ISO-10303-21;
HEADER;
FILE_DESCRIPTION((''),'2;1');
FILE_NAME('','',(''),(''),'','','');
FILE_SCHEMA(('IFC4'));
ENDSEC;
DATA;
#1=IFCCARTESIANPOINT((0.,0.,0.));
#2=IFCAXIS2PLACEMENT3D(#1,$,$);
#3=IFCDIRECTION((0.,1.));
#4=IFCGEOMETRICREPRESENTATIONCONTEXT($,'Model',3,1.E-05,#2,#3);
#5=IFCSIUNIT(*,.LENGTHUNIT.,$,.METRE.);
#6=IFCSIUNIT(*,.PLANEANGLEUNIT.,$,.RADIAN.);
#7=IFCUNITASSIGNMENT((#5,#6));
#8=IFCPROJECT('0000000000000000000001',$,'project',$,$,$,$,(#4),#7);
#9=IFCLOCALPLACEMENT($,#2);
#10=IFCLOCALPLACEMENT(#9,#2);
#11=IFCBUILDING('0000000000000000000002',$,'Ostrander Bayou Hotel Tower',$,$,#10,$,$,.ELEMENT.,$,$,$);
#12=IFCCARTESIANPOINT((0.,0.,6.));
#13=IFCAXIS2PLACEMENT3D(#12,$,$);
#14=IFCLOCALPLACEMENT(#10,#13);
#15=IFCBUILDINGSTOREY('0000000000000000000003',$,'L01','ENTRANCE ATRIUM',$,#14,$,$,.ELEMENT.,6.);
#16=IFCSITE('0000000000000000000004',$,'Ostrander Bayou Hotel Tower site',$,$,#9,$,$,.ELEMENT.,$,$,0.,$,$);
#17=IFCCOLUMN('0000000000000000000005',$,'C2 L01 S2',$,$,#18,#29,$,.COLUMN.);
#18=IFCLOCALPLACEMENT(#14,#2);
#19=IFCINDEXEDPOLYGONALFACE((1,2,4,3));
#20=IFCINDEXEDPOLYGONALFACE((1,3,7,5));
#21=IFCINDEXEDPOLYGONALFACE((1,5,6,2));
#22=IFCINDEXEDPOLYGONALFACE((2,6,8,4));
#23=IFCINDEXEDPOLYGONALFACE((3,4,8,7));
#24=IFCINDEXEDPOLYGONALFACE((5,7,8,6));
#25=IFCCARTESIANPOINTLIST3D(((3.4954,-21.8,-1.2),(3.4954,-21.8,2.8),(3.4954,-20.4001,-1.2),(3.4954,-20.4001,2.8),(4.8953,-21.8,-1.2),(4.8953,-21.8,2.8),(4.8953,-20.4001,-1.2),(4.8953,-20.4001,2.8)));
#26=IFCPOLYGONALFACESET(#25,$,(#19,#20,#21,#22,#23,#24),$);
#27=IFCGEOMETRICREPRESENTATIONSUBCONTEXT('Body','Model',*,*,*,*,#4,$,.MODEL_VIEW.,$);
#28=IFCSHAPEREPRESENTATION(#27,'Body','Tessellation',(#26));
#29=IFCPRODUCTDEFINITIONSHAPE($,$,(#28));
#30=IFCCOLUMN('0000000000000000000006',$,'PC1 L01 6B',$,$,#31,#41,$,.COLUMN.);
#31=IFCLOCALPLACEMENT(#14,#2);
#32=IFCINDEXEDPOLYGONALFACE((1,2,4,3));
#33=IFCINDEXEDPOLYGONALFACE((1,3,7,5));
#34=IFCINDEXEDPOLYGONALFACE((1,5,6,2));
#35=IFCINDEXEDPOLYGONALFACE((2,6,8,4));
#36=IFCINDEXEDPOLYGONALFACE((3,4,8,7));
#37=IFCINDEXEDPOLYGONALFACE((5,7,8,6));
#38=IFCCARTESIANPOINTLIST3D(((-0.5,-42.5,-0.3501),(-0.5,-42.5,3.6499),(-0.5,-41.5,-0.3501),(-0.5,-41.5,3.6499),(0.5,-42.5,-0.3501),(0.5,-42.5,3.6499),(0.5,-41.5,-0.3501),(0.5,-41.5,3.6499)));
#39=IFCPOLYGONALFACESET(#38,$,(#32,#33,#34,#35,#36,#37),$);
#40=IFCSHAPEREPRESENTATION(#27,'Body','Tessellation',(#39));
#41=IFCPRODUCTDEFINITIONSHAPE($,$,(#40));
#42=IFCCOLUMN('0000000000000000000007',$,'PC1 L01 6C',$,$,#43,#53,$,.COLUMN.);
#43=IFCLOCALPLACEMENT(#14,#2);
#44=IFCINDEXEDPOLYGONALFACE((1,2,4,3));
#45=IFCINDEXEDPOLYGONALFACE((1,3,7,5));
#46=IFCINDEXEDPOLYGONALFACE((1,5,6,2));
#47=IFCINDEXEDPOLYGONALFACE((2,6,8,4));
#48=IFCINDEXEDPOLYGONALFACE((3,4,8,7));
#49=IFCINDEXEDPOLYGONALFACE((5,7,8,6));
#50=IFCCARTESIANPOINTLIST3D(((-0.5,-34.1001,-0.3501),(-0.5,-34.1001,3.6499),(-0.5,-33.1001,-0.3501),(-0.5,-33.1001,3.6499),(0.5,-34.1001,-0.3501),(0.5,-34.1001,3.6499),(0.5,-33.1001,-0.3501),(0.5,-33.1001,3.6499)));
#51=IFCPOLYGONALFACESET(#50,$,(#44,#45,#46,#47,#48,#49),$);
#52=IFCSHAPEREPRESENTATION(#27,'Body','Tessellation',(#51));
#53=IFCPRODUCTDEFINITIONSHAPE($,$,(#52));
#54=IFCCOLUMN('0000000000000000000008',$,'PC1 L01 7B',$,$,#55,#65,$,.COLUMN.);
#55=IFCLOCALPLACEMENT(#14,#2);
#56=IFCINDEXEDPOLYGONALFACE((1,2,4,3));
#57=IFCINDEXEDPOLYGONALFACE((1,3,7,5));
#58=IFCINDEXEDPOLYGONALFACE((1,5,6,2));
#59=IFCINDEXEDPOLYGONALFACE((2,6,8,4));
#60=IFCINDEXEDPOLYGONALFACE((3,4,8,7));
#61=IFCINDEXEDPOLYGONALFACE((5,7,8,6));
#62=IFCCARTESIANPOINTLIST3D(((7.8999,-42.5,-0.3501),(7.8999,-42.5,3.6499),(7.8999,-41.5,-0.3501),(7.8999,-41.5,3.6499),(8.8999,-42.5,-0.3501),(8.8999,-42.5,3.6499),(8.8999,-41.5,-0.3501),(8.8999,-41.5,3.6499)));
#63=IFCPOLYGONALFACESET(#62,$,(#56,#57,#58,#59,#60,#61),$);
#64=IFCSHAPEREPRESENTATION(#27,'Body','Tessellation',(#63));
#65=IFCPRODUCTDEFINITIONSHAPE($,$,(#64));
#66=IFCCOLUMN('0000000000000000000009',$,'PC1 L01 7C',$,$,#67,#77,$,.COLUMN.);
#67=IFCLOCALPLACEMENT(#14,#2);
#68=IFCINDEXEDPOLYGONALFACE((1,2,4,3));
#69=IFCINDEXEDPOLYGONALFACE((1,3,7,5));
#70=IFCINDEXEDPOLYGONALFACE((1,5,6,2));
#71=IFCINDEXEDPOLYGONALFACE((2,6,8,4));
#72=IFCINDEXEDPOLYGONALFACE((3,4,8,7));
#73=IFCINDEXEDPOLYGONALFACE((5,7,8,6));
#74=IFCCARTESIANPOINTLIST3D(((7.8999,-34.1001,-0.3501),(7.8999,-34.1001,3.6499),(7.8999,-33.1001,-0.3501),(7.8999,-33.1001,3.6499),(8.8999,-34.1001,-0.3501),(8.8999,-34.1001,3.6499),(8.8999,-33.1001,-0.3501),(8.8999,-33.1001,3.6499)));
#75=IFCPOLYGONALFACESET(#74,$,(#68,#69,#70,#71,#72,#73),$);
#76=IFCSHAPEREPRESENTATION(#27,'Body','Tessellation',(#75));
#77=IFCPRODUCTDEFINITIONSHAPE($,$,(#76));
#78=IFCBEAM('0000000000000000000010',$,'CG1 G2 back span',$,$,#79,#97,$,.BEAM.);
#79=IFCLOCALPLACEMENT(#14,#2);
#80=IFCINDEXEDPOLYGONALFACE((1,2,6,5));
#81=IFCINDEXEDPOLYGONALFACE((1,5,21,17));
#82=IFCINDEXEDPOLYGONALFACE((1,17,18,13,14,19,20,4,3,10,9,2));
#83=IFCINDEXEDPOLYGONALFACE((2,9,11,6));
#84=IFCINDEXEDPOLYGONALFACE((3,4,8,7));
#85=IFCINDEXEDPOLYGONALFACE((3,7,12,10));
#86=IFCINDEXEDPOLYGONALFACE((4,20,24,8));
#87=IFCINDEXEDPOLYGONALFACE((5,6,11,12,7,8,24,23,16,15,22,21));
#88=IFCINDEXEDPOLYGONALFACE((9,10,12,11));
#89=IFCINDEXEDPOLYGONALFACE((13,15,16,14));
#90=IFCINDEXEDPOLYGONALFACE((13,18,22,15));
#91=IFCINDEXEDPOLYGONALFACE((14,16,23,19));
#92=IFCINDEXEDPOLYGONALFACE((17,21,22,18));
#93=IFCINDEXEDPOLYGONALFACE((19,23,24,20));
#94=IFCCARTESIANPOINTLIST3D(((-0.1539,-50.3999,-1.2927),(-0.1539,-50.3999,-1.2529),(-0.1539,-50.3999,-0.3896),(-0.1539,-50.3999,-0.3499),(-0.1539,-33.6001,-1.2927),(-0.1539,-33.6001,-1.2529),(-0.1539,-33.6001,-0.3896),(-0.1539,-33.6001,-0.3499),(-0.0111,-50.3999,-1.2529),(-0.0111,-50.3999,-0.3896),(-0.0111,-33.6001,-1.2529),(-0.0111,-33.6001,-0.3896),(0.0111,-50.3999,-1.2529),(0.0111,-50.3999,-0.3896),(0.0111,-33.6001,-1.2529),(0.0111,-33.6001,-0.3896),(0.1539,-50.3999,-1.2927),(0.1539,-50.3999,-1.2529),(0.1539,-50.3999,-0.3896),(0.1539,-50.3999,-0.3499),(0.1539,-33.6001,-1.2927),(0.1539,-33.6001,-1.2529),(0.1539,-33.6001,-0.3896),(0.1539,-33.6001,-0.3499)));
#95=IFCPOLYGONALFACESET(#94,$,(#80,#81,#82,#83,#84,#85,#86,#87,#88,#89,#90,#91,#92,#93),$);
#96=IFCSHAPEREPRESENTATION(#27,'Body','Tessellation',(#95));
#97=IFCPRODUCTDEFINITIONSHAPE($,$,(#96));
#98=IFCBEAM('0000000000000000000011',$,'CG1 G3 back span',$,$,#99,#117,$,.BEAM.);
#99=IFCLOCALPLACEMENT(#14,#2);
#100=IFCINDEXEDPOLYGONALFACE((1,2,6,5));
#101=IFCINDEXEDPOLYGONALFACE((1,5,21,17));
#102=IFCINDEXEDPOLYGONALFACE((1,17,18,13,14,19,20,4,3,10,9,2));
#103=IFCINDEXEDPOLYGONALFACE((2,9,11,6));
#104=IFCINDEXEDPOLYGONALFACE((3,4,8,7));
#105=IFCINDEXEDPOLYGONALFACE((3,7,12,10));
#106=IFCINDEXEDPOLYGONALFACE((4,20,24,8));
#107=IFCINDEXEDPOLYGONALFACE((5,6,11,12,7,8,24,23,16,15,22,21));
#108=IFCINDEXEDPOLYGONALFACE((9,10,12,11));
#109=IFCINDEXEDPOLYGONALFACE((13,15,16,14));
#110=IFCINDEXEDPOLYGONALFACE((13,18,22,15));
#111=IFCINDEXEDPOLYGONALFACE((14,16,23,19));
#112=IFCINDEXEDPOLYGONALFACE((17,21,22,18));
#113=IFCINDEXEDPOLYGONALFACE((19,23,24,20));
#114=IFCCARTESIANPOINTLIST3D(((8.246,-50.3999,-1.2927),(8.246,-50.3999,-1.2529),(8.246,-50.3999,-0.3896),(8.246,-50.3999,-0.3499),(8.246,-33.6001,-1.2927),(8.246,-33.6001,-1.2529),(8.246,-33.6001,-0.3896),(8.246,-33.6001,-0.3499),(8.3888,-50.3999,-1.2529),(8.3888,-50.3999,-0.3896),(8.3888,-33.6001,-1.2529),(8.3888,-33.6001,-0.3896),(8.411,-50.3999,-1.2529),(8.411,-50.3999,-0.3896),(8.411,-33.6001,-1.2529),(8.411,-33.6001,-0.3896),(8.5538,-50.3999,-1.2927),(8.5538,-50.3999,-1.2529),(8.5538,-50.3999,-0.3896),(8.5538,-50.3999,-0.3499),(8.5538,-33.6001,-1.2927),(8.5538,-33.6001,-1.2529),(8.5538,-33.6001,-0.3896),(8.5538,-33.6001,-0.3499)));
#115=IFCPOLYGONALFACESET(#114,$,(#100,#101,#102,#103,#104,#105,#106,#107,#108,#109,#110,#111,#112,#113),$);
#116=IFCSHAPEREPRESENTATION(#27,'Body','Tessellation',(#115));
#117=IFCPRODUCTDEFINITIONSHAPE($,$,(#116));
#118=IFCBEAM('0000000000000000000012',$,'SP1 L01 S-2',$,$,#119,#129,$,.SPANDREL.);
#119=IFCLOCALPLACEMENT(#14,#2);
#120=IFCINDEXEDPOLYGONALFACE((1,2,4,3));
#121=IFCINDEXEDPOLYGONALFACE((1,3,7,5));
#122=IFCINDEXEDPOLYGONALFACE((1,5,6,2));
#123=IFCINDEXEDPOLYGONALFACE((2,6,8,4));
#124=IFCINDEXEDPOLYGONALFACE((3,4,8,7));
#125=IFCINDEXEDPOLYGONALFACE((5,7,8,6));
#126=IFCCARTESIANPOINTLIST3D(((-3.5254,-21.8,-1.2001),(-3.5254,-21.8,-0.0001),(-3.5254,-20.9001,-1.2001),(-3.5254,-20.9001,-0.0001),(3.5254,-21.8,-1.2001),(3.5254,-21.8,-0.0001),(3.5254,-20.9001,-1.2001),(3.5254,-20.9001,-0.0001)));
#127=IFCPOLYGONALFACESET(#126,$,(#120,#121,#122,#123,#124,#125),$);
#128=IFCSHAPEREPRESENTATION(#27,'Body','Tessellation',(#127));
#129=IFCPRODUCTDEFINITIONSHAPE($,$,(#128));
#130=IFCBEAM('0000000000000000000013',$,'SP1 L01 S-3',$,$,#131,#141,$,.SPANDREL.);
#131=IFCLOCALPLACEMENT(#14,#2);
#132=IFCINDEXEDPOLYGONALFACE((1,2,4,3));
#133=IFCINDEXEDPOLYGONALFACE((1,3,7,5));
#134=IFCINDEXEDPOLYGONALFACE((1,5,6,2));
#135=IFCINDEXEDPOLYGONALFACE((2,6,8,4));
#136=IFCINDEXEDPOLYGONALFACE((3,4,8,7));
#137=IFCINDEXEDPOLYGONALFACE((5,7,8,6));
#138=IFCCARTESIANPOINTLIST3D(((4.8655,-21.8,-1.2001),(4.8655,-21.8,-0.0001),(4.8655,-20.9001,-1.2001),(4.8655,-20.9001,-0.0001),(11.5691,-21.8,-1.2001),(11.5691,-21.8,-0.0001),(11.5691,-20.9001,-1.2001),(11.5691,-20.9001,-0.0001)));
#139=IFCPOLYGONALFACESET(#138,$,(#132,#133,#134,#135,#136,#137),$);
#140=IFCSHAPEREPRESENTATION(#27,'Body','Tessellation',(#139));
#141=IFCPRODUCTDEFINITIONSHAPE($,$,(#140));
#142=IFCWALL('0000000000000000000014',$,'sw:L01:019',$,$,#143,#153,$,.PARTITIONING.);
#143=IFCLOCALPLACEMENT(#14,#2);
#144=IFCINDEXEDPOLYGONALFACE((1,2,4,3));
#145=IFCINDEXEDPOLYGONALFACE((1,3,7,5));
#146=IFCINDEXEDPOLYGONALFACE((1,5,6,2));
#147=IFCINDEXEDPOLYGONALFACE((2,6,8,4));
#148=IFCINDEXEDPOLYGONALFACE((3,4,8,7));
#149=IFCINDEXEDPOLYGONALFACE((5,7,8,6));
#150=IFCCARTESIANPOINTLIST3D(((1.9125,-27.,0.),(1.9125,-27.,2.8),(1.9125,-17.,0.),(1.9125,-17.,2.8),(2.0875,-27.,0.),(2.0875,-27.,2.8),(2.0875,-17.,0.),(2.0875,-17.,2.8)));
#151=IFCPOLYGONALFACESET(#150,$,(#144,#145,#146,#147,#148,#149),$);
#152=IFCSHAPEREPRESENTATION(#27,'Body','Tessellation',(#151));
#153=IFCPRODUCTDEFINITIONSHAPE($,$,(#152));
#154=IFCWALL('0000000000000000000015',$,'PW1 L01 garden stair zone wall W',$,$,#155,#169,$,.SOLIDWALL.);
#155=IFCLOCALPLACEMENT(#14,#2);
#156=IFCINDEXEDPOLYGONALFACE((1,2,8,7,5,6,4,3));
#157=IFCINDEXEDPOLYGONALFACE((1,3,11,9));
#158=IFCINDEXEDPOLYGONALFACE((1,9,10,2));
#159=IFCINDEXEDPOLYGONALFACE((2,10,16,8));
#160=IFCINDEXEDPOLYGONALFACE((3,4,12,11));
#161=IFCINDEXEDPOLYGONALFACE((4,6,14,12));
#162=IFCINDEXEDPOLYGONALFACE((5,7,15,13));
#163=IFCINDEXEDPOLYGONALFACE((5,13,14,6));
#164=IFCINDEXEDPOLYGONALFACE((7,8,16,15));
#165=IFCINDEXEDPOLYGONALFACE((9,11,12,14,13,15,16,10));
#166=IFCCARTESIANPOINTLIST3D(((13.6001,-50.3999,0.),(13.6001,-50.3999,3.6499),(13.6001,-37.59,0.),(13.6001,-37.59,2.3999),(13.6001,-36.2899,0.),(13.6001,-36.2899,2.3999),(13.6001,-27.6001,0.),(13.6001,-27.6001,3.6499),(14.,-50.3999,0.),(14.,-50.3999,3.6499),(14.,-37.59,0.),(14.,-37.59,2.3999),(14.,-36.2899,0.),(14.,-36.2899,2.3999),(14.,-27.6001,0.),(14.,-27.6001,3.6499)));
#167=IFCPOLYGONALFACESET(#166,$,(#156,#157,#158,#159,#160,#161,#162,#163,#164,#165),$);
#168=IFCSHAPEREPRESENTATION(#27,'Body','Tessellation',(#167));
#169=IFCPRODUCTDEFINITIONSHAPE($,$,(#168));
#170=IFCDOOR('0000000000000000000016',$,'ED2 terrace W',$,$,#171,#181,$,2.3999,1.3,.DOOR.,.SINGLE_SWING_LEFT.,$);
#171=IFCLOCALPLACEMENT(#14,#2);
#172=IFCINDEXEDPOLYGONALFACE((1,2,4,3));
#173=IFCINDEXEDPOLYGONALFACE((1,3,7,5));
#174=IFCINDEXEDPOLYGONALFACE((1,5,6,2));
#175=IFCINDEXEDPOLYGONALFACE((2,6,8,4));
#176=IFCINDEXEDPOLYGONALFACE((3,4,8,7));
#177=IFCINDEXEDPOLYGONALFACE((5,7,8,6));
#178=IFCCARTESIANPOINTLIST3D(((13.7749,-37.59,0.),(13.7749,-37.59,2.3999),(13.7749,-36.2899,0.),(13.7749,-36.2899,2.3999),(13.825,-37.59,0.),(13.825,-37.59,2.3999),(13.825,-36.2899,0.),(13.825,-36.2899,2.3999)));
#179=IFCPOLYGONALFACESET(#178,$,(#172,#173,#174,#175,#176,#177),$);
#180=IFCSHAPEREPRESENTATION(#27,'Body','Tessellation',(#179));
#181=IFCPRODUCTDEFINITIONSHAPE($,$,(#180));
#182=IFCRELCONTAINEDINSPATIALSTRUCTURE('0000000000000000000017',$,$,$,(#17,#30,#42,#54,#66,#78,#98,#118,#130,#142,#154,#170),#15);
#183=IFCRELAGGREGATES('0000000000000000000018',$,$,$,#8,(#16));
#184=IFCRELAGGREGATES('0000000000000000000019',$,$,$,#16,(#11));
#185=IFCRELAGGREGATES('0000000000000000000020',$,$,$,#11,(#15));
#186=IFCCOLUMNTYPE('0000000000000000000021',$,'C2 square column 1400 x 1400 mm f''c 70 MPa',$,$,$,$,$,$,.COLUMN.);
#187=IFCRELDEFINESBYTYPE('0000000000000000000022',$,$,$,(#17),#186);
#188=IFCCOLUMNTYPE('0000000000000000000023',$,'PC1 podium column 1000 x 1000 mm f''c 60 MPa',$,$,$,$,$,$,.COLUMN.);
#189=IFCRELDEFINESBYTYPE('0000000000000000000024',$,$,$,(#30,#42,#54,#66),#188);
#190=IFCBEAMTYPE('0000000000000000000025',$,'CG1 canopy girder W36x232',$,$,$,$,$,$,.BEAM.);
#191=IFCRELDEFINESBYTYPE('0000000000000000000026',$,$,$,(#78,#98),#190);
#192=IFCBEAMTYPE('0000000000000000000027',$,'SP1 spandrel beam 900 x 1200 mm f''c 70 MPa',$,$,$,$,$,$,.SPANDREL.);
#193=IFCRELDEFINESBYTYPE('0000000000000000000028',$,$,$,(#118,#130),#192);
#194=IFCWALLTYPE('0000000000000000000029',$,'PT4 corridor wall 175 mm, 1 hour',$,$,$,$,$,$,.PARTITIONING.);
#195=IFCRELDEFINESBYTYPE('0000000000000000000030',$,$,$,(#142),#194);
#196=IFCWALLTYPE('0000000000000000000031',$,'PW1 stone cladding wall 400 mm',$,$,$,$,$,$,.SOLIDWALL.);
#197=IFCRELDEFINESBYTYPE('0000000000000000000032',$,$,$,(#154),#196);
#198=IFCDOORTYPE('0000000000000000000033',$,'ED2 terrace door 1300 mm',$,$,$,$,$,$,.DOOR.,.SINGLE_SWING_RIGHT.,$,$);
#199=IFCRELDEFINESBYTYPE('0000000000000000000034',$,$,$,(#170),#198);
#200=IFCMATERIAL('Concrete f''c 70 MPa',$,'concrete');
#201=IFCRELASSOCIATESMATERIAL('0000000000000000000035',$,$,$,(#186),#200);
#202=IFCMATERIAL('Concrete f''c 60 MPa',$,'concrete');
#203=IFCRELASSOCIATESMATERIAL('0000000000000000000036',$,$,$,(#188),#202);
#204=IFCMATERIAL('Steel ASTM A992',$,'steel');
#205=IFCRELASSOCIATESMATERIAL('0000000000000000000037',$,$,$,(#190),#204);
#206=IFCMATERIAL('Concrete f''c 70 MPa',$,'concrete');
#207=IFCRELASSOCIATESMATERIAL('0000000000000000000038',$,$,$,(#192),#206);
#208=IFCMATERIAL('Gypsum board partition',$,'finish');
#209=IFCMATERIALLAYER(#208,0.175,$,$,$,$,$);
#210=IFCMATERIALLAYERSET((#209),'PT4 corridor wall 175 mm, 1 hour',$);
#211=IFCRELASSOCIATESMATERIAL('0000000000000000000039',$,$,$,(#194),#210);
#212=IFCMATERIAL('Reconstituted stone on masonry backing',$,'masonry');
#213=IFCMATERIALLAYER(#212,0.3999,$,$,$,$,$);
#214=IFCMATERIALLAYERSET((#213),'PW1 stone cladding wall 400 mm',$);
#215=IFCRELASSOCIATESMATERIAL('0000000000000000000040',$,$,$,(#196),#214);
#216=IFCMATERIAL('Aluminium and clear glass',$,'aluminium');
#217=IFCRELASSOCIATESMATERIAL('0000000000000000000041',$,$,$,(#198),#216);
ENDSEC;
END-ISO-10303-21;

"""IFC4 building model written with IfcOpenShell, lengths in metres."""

from ifc_helpers import new_model, si_unit, direction, frame, frame_2d, origin, origin_2d, place, context, subcontext, project, spatial, rectangle, i_section, extrude, material, layer, layer_set, material_profile, profile_set, type_object, element, fill, save


model = new_model("IFC4")

# Units and contexts
model_context = context("Model", 3, precision=1e-05, world=origin(), true_north=direction((0.0, 1.0)))
body_context = subcontext(model_context, "Body", "Model", "MODEL_VIEW")
ifc_project = project(units=[si_unit("LENGTHUNIT", "METRE"), si_unit("PLANEANGLEUNIT", "RADIAN")], contexts=[model_context])

# Site, building, storey
site_placement = place(None, origin())
site = spatial("IfcSite", under=ifc_project, at=site_placement, Name="Ostrander Bayou Hotel Tower site", CompositionType="ELEMENT", RefElevation=0.0)
building_placement = place(site_placement, origin())
building = spatial("IfcBuilding", under=site, at=building_placement, Name="Ostrander Bayou Hotel Tower", CompositionType="ELEMENT")
storey_placement = place(building_placement, frame((0.0, 0.0, 6.0)))
storey = spatial("IfcBuildingStorey", under=building, at=storey_placement, Name="L01", Description="ENTRANCE ATRIUM", CompositionType="ELEMENT", Elevation=6.0)

# Columns
ifc_material_1 = material(Name="Concrete f'c 70 MPa", Category="concrete")
ifc_material_profile_1 = material_profile(ifc_material_1, rectangle(XDim=1.3999, YDim=1.3999, at=origin_2d()))
ifc_profile_set_1 = profile_set([ifc_material_profile_1], Name="Concrete f'c 70 MPa")
column_type_1 = type_object("IfcColumnType", Name="C2 square column 1400 x 1400 mm f'c 70 MPa", PredefinedType="COLUMN", material=ifc_profile_set_1)
column_placement = place(storey_placement, frame((4.1953, -21.1001, -1.2), z_axis=(0.0, 0.0, 1.0), x_axis=(-1.0, 0.0, 0.0)))
element("IfcColumn", 1, at=column_placement, inside=storey, type_object=column_type_1, Name="C2 L01 S2", PredefinedType="COLUMN", context=body_context, shape_type="SweptSolid", body=[
    extrude(rectangle(XDim=1.3999, YDim=1.3999, at=origin_2d()), origin(), (0.0, 0.0, 1.0), 4.0),
])
ifc_material_2 = material(Name="Concrete f'c 60 MPa", Category="concrete")
ifc_material_profile_2 = material_profile(ifc_material_2, rectangle(XDim=1.0, YDim=1.0, at=origin_2d()))
ifc_profile_set_2 = profile_set([ifc_material_profile_2], Name="Concrete f'c 60 MPa")
column_type_2 = type_object("IfcColumnType", Name="PC1 podium column 1000 x 1000 mm f'c 60 MPa", PredefinedType="COLUMN", material=ifc_profile_set_2)
for number, where, z_axis, x_axis, name in (
    (2, (0.0, -42.0, -0.3501), (0.0, 0.0, 1.0), (1.0, 0.0, 0.0), "PC1 L01 6B"),
    (3, (0.0, -33.6001, -0.3501), (0.0, 0.0, 1.0), (1.0, 0.0, 0.0), "PC1 L01 6C"),
    (4, (8.3999, -42.0, -0.3501), (0.0, 0.0, 1.0), (1.0, 0.0, 0.0), "PC1 L01 7B"),
    (5, (8.3999, -33.6001, -0.3501), (0.0, 0.0, 1.0), (1.0, 0.0, 0.0), "PC1 L01 7C"),
):
    element("IfcColumn", number, at=place(storey_placement, frame(where, z_axis=z_axis, x_axis=x_axis)), inside=storey, type_object=column_type_2, Name=name, PredefinedType="COLUMN", context=body_context, shape_type="SweptSolid", body=[
        extrude(rectangle(XDim=1.0, YDim=1.0, at=origin_2d()), origin(), (0.0, 0.0, 1.0), 4.0),
    ])

# Beams
ifc_material_3 = material(Name="Steel ASTM A992", Category="steel")
ifc_material_profile_3 = material_profile(ifc_material_3, i_section(OverallWidth=0.3079, OverallDepth=0.9429, WebThickness=0.0222, FlangeThickness=0.0398, at=origin_2d()))
ifc_profile_set_3 = profile_set([ifc_material_profile_3], Name="Steel ASTM A992")
beam_type_1 = type_object("IfcBeamType", Name="CG1 canopy girder W36x232", PredefinedType="BEAM", material=ifc_profile_set_3)
for number, where, z_axis, x_axis, name in (
    (6, (0.0, -33.6001, -0.8213), (0.0, -1.0, 0.0), (1.0, 0.0, 0.0), "CG1 G2 back span"),
    (7, (8.3999, -33.6001, -0.8213), (0.0, -1.0, 0.0), (1.0, 0.0, 0.0), "CG1 G3 back span"),
):
    element("IfcBeam", number, at=place(storey_placement, frame(where, z_axis=z_axis, x_axis=x_axis)), inside=storey, type_object=beam_type_1, Name=name, PredefinedType="BEAM", context=body_context, shape_type="SweptSolid", body=[
        extrude(i_section(OverallWidth=0.3079, OverallDepth=0.9429, WebThickness=0.0222, FlangeThickness=0.0398, at=origin_2d()), origin(), (0.0, 0.0, 1.0), 16.7998),
    ])
ifc_material_4 = material(Name="Concrete f'c 70 MPa", Category="concrete")
ifc_material_profile_4 = material_profile(ifc_material_4, rectangle(XDim=0.8999, YDim=1.2, at=origin_2d()))
ifc_profile_set_4 = profile_set([ifc_material_profile_4], Name="Concrete f'c 70 MPa")
beam_type_2 = type_object("IfcBeamType", Name="SP1 spandrel beam 900 x 1200 mm f'c 70 MPa", PredefinedType="SPANDREL", material=ifc_profile_set_4)
beam_1_placement = place(storey_placement, frame((-3.5254, -21.3501, -0.6001), z_axis=(1.0, 0.0, 0.0), x_axis=(0.0, 1.0, 0.0)))
element("IfcBeam", 8, at=beam_1_placement, inside=storey, type_object=beam_type_2, Name="SP1 L01 S-2", PredefinedType="SPANDREL", context=body_context, shape_type="SweptSolid", body=[
    extrude(rectangle(XDim=0.8999, YDim=1.2, at=origin_2d()), origin(), (0.0, 0.0, 1.0), 7.0508),
])
beam_2_placement = place(storey_placement, frame((4.8655, -21.3501, -0.6001), z_axis=(1.0, 0.0, 0.0), x_axis=(0.0, 1.0, 0.0)))
element("IfcBeam", 9, at=beam_2_placement, inside=storey, type_object=beam_type_2, Name="SP1 L01 S-3", PredefinedType="SPANDREL", context=body_context, shape_type="SweptSolid", body=[
    extrude(rectangle(XDim=0.8999, YDim=1.2, at=origin_2d()), origin(), (0.0, 0.0, 1.0), 6.7036),
])

# Shared definitions
ifc_material_5 = material(Name="Gypsum board partition", Category="finish")
ifc_layer_1 = layer(ifc_material_5, 0.175)
ifc_layer_set_1 = layer_set([ifc_layer_1], Name="PT4 corridor wall 175 mm, 1 hour")
wall_type_1 = type_object("IfcWallType", Name="PT4 corridor wall 175 mm, 1 hour", PredefinedType="PARTITIONING", material=ifc_layer_set_1)

# Wall
wall_1_placement = place(storey_placement, frame((2.0, -27.0, 0.0), z_axis=(0.0, 0.0, 1.0), x_axis=(0.0, 1.0, 0.0)))
element("IfcWall", 10, at=wall_1_placement, inside=storey, type_object=wall_type_1, Name="sw:L01:019", PredefinedType="PARTITIONING", context=body_context, shape_type="SweptSolid", body=[
    extrude(rectangle(XDim=10.0, YDim=0.175, at=frame_2d((5.0, 0.0))), origin(), (0.0, 0.0, 1.0), 2.8),
])

# Wall, opening, door
ifc_material_6 = material(Name="Reconstituted stone on masonry backing", Category="masonry")
ifc_layer_2 = layer(ifc_material_6, 0.3999)
ifc_layer_set_2 = layer_set([ifc_layer_2], Name="PW1 stone cladding wall 400 mm")
wall_type_2 = type_object("IfcWallType", Name="PW1 stone cladding wall 400 mm", PredefinedType="SOLIDWALL", material=ifc_layer_set_2)
wall_2_placement = place(storey_placement, frame((13.8, -27.6001, 0.0), z_axis=(0.0, 0.0, 1.0), x_axis=(0.0, -1.0, 0.0)))
wall_2 = element("IfcWall", 11, at=wall_2_placement, inside=storey, type_object=wall_type_2, Name="PW1 L01 garden stair zone wall W", PredefinedType="SOLIDWALL", context=body_context, shape_type="SweptSolid", body=[
    extrude(rectangle(XDim=22.7998, YDim=0.3999, at=frame_2d((11.3999, 0.0))), origin(), (0.0, 0.0, 1.0), 3.6499),
])
opening_1_placement = place(wall_2_placement, frame((8.6899, 0.0, 0.0)))
opening_1 = element("IfcOpeningElement", 12, at=opening_1_placement, cuts=wall_2, PredefinedType="OPENING", context=body_context, shape_type="SweptSolid", body=[
    extrude(rectangle(XDim=1.3, YDim=2.3999, at=frame_2d((0.6499, 1.2))), frame((0.0, 0.2, 0.0), z_axis=(0.0, -1.0, 0.0), x_axis=(1.0, 0.0, 0.0)), (0.0, 0.0, 1.0), 0.3999),
])
ifc_material_7 = material(Name="Aluminium and clear glass", Category="aluminium")
door_type_1 = type_object("IfcDoorType", Name="ED2 terrace door 1300 mm", OperationType="SINGLE_SWING_RIGHT", PredefinedType="DOOR", material=ifc_material_7)
door_1_placement = place(opening_1_placement, origin())
door_1 = element("IfcDoor", 13, at=door_1_placement, inside=storey, type_object=door_type_1, Name="ED2 terrace W", OperationType="SINGLE_SWING_LEFT", OverallHeight=2.3999, OverallWidth=1.3, PredefinedType="DOOR", context=body_context, shape_type="SweptSolid", body=[
    extrude(rectangle(XDim=1.3, YDim=2.3999, at=frame_2d((0.6499, 1.2))), frame((0.0, 0.0249, 0.0), z_axis=(0.0, -1.0, 0.0), x_axis=(1.0, 0.0, 0.0)), (0.0, 0.0, 1.0), 0.05),
])
fill(opening_1, door_1)

save(model, "model.ifc")
